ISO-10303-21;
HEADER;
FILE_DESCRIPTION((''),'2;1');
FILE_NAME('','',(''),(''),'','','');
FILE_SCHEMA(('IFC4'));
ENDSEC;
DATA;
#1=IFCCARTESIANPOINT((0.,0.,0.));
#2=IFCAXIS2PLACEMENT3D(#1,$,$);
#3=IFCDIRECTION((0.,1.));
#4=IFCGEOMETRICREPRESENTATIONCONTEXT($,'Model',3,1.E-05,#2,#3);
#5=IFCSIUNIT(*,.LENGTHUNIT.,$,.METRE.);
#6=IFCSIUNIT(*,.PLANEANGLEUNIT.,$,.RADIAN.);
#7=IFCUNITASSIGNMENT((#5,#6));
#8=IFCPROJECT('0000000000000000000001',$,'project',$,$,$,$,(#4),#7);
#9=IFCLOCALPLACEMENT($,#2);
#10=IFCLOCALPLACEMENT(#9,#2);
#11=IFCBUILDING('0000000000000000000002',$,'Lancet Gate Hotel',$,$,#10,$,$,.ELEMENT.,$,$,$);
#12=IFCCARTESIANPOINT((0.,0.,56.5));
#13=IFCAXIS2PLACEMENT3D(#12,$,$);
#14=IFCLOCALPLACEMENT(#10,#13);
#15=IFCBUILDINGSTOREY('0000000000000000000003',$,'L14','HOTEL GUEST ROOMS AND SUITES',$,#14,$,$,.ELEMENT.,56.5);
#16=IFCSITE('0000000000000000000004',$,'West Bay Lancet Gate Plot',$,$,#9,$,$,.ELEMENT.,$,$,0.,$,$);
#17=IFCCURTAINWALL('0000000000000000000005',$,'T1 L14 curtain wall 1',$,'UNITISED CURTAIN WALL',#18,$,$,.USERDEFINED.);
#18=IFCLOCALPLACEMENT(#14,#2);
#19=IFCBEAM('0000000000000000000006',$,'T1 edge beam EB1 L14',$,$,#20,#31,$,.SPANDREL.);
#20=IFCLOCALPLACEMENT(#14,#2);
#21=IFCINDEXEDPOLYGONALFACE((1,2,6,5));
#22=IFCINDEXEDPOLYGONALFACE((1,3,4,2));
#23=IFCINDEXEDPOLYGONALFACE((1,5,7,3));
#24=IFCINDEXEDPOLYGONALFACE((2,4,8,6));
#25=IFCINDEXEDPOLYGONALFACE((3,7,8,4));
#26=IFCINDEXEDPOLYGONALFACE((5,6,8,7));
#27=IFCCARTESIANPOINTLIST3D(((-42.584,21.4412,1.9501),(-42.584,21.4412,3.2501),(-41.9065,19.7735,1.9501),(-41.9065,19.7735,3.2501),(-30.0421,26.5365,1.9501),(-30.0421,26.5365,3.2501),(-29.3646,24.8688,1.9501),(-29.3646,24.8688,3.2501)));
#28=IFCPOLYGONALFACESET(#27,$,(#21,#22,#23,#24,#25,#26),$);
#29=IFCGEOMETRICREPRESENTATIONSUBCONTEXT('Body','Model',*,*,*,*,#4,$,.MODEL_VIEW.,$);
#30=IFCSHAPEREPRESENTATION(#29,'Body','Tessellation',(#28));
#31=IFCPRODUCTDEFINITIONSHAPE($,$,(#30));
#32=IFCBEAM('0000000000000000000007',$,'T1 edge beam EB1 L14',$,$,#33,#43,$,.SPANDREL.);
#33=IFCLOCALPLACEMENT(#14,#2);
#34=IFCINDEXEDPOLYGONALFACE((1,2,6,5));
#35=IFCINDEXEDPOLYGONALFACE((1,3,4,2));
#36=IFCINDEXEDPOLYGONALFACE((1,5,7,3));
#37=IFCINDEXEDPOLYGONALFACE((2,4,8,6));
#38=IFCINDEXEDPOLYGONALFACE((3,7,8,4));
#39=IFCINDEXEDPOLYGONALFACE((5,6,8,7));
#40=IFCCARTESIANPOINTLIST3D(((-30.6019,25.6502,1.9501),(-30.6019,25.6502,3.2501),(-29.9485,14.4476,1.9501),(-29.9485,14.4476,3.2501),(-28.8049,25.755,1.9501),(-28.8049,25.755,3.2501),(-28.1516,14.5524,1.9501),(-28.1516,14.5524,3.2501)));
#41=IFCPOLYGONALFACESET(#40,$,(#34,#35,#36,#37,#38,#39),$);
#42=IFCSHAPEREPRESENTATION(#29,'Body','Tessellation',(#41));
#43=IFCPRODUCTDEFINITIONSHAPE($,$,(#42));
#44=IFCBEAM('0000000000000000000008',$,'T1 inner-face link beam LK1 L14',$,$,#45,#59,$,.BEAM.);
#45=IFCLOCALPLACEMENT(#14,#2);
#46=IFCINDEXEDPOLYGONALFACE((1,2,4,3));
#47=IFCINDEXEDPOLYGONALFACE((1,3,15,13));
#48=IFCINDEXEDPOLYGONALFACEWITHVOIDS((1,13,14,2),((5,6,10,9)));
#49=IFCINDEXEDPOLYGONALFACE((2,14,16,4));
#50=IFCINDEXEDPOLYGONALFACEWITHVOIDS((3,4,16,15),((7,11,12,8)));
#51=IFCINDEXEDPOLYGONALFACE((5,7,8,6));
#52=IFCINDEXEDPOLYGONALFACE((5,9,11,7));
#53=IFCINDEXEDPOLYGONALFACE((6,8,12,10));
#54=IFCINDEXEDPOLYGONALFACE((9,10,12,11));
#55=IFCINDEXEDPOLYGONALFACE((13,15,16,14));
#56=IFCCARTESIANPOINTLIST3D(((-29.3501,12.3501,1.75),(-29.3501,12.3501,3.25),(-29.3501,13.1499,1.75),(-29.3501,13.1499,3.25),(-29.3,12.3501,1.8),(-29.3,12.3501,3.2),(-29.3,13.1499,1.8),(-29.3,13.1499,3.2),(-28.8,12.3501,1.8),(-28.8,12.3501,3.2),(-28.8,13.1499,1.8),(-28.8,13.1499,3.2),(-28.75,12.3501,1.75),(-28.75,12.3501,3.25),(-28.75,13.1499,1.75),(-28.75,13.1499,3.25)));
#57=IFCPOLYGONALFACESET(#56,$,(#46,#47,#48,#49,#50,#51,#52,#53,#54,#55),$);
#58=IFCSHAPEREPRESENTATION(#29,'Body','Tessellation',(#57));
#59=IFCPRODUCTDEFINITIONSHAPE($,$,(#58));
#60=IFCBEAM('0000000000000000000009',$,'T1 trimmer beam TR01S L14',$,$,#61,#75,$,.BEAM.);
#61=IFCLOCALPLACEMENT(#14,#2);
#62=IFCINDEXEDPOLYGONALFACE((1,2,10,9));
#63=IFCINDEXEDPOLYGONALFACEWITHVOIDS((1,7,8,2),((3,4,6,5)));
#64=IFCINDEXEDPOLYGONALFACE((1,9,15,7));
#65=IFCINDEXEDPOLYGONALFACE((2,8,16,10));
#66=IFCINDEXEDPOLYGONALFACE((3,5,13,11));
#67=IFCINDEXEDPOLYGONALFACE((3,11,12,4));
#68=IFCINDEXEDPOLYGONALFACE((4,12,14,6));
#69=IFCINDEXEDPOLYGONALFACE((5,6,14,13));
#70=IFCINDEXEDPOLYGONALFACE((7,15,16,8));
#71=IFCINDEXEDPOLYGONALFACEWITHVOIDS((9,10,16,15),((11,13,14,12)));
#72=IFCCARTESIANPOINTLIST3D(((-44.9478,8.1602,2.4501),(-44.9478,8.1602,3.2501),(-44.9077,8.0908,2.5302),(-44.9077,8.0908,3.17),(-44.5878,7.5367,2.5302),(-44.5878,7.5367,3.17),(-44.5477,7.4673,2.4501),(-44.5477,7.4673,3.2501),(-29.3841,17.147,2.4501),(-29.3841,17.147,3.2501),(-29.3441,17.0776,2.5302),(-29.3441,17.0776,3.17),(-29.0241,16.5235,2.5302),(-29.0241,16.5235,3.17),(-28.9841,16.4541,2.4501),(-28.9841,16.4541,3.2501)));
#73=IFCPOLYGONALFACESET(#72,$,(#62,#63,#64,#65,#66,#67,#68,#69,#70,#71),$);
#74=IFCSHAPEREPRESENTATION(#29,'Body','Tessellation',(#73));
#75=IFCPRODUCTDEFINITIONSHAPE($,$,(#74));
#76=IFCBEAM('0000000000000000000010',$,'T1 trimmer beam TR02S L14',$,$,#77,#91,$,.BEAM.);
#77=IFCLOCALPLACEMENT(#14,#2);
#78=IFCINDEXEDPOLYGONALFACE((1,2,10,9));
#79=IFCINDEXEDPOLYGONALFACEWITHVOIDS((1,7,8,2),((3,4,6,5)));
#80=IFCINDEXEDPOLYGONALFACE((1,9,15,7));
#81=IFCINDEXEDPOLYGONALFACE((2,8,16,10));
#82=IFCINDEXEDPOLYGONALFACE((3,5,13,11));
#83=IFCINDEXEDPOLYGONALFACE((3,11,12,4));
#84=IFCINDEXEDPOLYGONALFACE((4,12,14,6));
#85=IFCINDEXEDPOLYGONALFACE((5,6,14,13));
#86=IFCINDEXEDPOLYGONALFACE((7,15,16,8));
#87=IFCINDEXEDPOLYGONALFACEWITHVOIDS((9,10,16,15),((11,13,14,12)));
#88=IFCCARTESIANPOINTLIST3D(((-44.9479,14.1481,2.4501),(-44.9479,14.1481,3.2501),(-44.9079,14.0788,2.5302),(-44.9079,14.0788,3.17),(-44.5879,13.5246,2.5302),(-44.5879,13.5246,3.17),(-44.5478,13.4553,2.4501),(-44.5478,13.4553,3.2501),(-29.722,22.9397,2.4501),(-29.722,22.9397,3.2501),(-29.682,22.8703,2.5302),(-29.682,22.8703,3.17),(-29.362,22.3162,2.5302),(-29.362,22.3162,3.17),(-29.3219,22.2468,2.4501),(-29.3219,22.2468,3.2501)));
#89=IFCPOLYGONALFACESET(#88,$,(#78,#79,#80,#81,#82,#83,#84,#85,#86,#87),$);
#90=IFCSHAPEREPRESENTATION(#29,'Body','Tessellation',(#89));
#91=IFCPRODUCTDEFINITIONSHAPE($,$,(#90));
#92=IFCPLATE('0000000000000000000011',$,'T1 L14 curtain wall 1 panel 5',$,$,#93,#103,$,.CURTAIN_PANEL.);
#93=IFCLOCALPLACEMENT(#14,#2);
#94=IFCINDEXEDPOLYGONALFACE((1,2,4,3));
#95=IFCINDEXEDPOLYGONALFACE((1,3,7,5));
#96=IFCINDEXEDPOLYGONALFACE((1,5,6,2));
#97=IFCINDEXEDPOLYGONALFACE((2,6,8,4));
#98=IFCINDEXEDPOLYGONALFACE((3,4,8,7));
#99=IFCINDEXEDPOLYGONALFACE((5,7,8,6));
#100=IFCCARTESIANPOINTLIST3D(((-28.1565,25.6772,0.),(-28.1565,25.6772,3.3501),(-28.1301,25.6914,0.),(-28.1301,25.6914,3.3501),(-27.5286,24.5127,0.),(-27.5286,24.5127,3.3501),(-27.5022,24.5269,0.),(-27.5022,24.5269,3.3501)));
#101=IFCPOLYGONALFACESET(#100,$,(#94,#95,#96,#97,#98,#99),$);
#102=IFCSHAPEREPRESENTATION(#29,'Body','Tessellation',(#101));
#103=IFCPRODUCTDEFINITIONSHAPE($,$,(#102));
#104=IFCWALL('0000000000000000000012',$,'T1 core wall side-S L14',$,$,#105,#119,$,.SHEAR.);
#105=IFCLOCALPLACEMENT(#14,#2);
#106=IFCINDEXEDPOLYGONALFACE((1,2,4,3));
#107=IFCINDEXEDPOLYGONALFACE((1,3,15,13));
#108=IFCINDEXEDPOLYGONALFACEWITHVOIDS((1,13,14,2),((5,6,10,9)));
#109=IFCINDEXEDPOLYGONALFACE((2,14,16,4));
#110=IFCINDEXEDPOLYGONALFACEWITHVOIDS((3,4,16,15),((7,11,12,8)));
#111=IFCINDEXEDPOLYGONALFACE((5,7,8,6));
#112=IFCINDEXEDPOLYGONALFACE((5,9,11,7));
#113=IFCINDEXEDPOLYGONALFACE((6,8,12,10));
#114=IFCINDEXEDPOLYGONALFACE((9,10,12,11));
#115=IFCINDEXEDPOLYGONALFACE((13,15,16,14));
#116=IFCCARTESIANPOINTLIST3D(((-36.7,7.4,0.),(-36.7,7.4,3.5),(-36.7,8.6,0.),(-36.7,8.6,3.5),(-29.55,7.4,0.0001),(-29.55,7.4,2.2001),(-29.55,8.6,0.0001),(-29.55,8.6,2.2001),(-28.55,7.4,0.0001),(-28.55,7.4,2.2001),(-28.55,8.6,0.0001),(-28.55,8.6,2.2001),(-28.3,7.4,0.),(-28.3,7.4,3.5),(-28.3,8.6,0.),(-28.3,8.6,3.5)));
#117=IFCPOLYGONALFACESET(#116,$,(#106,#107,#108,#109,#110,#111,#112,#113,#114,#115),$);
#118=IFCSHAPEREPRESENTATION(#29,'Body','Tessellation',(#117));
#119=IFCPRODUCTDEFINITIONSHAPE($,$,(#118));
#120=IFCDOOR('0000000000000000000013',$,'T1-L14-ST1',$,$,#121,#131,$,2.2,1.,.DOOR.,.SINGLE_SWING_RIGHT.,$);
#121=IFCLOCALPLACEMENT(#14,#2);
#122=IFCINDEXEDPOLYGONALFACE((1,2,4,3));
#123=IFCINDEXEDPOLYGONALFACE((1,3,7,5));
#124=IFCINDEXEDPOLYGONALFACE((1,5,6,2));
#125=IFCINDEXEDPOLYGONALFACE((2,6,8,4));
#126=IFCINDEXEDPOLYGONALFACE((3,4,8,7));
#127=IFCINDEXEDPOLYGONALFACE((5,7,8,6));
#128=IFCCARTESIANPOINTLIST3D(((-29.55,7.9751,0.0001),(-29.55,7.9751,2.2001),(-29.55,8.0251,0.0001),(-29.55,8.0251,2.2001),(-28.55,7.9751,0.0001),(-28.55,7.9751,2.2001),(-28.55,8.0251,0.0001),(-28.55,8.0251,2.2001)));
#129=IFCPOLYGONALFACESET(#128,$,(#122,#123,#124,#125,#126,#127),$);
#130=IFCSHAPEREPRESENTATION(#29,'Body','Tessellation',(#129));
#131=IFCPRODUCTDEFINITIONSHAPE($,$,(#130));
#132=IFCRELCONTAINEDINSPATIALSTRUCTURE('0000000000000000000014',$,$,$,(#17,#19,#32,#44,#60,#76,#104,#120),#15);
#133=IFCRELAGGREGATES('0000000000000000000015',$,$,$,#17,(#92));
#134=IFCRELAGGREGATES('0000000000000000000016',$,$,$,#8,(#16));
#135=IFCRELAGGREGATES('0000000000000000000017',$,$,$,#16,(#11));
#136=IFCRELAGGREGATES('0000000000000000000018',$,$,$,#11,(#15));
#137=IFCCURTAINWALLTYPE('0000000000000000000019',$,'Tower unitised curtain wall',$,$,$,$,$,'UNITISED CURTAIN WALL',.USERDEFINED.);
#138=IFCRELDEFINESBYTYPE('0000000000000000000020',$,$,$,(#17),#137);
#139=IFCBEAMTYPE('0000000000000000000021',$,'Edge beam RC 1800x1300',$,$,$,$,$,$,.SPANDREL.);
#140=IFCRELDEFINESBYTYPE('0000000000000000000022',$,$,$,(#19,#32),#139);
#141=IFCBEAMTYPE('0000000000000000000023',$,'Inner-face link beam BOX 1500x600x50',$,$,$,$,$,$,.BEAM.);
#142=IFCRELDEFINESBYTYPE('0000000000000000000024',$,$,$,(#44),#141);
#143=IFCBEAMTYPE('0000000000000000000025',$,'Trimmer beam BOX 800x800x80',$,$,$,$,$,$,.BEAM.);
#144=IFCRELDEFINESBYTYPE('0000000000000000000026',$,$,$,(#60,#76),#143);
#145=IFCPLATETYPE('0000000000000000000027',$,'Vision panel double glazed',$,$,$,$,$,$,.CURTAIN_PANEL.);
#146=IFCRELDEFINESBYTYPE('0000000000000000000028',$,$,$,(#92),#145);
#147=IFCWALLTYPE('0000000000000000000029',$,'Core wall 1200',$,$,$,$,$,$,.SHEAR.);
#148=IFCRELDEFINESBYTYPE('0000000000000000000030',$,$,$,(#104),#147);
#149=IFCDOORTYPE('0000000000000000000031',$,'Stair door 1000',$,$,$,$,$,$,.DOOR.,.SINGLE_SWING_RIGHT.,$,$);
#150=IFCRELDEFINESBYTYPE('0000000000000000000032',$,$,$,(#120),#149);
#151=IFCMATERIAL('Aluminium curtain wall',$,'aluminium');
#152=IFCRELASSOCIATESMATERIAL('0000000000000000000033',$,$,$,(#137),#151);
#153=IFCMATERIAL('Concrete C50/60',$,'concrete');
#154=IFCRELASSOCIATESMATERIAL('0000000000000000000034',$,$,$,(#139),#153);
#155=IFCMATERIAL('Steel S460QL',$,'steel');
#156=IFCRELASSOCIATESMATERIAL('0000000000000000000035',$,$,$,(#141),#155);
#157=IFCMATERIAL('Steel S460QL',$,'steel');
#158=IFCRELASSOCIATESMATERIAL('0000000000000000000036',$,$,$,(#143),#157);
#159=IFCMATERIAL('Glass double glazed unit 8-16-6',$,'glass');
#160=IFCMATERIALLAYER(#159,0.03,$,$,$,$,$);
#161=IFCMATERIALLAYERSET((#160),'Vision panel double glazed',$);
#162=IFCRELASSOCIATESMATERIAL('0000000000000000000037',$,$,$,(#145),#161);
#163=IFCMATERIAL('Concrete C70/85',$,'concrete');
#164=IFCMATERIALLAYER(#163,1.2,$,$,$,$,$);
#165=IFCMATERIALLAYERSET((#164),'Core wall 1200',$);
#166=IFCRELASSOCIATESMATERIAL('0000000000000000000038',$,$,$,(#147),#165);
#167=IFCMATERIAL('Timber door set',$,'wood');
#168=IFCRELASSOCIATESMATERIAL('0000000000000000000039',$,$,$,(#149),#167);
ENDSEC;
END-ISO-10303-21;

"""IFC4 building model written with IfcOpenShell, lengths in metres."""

from ifc_helpers import new_model, si_unit, direction, frame, frame_2d, origin, origin_2d, place, context, subcontext, project, spatial, rectangle, hollow_rectangle, extrude, material, layer, layer_set, material_profile, profile_set, type_object, element, fill, aggregate, save


model = new_model("IFC4")

# Units and contexts
model_context = context("Model", 3, precision=1e-05, world=origin(), true_north=direction((0.0, 1.0)))
body_context = subcontext(model_context, "Body", "Model", "MODEL_VIEW")
ifc_project = project(units=[si_unit("LENGTHUNIT", "METRE"), si_unit("PLANEANGLEUNIT", "RADIAN")], contexts=[model_context])

# Site, building, storey
site_placement = place(None, origin())
site = spatial("IfcSite", under=ifc_project, at=site_placement, Name="West Bay Lancet Gate Plot", CompositionType="ELEMENT", RefElevation=0.0)
building_placement = place(site_placement, origin())
building = spatial("IfcBuilding", under=site, at=building_placement, Name="Lancet Gate Hotel", CompositionType="ELEMENT")
storey_placement = place(building_placement, frame((0.0, 0.0, 56.5)))
storey = spatial("IfcBuildingStorey", under=building, at=storey_placement, Name="L14", Description="HOTEL GUEST ROOMS AND SUITES", CompositionType="ELEMENT", Elevation=56.5)

# Curtain wall
ifc_material_1 = material(Name="Aluminium curtain wall", Category="aluminium")
curtain_wall_type = type_object("IfcCurtainWallType", Name="Tower unitised curtain wall", ElementType="UNITISED CURTAIN WALL", PredefinedType="USERDEFINED", material=ifc_material_1)
curtain_wall_placement = place(storey_placement, origin())
curtain_wall = element("IfcCurtainWall", 1, at=curtain_wall_placement, inside=storey, type_object=curtain_wall_type, Name="T1 L14 curtain wall 1", ObjectType="UNITISED CURTAIN WALL", PredefinedType="USERDEFINED")

# Beams
ifc_material_2 = material(Name="Concrete C50/60", Category="concrete")
ifc_material_profile_1 = material_profile(ifc_material_2, rectangle(XDim=1.8, YDim=1.3, at=origin_2d()), Name="RC 1800x1300")
ifc_profile_set_1 = profile_set([ifc_material_profile_1], Name="Concrete C50/60")
beam_type_1 = type_object("IfcBeamType", Name="Edge beam RC 1800x1300", PredefinedType="SPANDREL", material=ifc_profile_set_1)
beam_1_placement = place(storey_placement, frame((-29.7034, 25.7026, 2.6001), z_axis=(-0.926463, -0.376385, 0.0), x_axis=(0.376385, -0.926463, 0.0)))
element("IfcBeam", 2, at=beam_1_placement, inside=storey, type_object=beam_type_1, Name="T1 edge beam EB1 L14", PredefinedType="SPANDREL", context=body_context, shape_type="SweptSolid", body=[
    extrude(rectangle(XDim=1.8, YDim=1.3, at=origin_2d()), origin(), (0.0, 0.0, 1.0), 13.5374),
])
beam_2_placement = place(storey_placement, frame((-29.7034, 25.7026, 2.6001), z_axis=(0.05822, -0.998304, 0.0), x_axis=(0.998304, 0.05822, 0.0)))
element("IfcBeam", 3, at=beam_2_placement, inside=storey, type_object=beam_type_1, Name="T1 edge beam EB1 L14", PredefinedType="SPANDREL", context=body_context, shape_type="SweptSolid", body=[
    extrude(rectangle(XDim=1.8, YDim=1.3, at=origin_2d()), origin(), (0.0, 0.0, 1.0), 11.2217),
])
ifc_material_3 = material(Name="Steel S460QL", Category="steel")
ifc_material_profile_2 = material_profile(ifc_material_3, hollow_rectangle(XDim=0.6001, YDim=1.5, WallThickness=0.05, at=origin_2d()), Name="BOX 1500x600x50")
ifc_profile_set_2 = profile_set([ifc_material_profile_2], Name="Steel S460QL")
beam_type_2 = type_object("IfcBeamType", Name="Inner-face link beam BOX 1500x600x50", PredefinedType="BEAM", material=ifc_profile_set_2)
beam_3_placement = place(storey_placement, frame((-29.05, 13.1499, 2.5), z_axis=(0.0, -1.0, 0.0), x_axis=(1.0, 0.0, 0.0)))
element("IfcBeam", 4, at=beam_3_placement, inside=storey, type_object=beam_type_2, Name="T1 inner-face link beam LK1 L14", PredefinedType="BEAM", context=body_context, shape_type="SweptSolid", body=[
    extrude(hollow_rectangle(XDim=0.6001, YDim=1.5, WallThickness=0.05, at=origin_2d()), origin(), (0.0, 0.0, 1.0), 0.7998),
])
ifc_material_4 = material(Name="Steel S460QL", Category="steel")
ifc_material_profile_3 = material_profile(ifc_material_4, hollow_rectangle(XDim=0.8, YDim=0.8, WallThickness=0.0801, at=origin_2d()), Name="BOX 800x800x80")
ifc_profile_set_3 = profile_set([ifc_material_profile_3], Name="Steel S460QL")
beam_type_3 = type_object("IfcBeamType", Name="Trimmer beam BOX 800x800x80", PredefinedType="BEAM", material=ifc_profile_set_3)
beam_4_placement = place(storey_placement, frame((-29.1841, 16.8005, 2.8501), z_axis=(-0.865999, -0.500046, 0.0), x_axis=(0.500046, -0.865999, 0.0)))
element("IfcBeam", 5, at=beam_4_placement, inside=storey, type_object=beam_type_3, Name="T1 trimmer beam TR01S L14", PredefinedType="BEAM", context=body_context, shape_type="SweptSolid", body=[
    extrude(hollow_rectangle(XDim=0.8, YDim=0.8, WallThickness=0.0801, at=origin_2d()), origin(), (0.0, 0.0, 1.0), 17.9719),
])
beam_5_placement = place(storey_placement, frame((-29.522, 22.5933, 2.8501), z_axis=(-0.866004, -0.500037, 0.0), x_axis=(0.500037, -0.866004, 0.0)))
element("IfcBeam", 6, at=beam_5_placement, inside=storey, type_object=beam_type_3, Name="T1 trimmer beam TR02S L14", PredefinedType="BEAM", context=body_context, shape_type="SweptSolid", body=[
    extrude(hollow_rectangle(XDim=0.8, YDim=0.8, WallThickness=0.0801, at=origin_2d()), origin(), (0.0, 0.0, 1.0), 17.5818),
])

# Plate
ifc_material_5 = material(Name="Glass double glazed unit 8-16-6", Category="glass")
ifc_layer_1 = layer(ifc_material_5, 0.03)
ifc_layer_set_1 = layer_set([ifc_layer_1], Name="Vision panel double glazed")
plate_type = type_object("IfcPlateType", Name="Vision panel double glazed", PredefinedType="CURTAIN_PANEL", material=ifc_layer_set_1)
plate_placement = place(storey_placement, frame((-27.8293, 25.1021, 0.0), z_axis=(0.0, 0.0, 1.0), x_axis=(-0.474631, 0.880185, 0.0)))
plate = element("IfcPlate", 7, at=plate_placement, type_object=plate_type, Name="T1 L14 curtain wall 1 panel 5", PredefinedType="CURTAIN_PANEL", context=body_context, shape_type="SweptSolid", body=[
    extrude(rectangle(XDim=1.323, YDim=0.03, at=origin_2d()), origin(), (0.0, 0.0, 1.0), 3.3501),
])
aggregate(curtain_wall, [plate])

# Wall, opening, door
ifc_material_6 = material(Name="Concrete C70/85", Category="concrete")
ifc_layer_2 = layer(ifc_material_6, 1.2)
ifc_layer_set_2 = layer_set([ifc_layer_2], Name="Core wall 1200")
wall_type_1 = type_object("IfcWallType", Name="Core wall 1200", PredefinedType="SHEAR", material=ifc_layer_set_2)
wall_1_placement = place(storey_placement, frame((-28.3, 8.0, 0.0), z_axis=(0.0, 0.0, 1.0), x_axis=(-1.0, 0.0, 0.0)))
wall_1 = element("IfcWall", 8, at=wall_1_placement, inside=storey, type_object=wall_type_1, Name="T1 core wall side-S L14", PredefinedType="SHEAR", context=body_context, shape_type="SweptSolid", body=[
    extrude(rectangle(XDim=8.3999, YDim=1.2, at=frame_2d((4.2, 0.0))), origin(), (0.0, 0.0, 1.0), 3.5),
])
opening_1_placement = place(wall_1_placement, frame((0.25, 0.0, 0.0)))
opening_1 = element("IfcOpeningElement", 9, at=opening_1_placement, cuts=wall_1, PredefinedType="OPENING", context=body_context, shape_type="SweptSolid", body=[
    extrude(rectangle(XDim=1.0, YDim=2.2, at=frame_2d((0.5, 1.1001))), frame((0.0, 0.6099, 0.0), z_axis=(0.0, -1.0, 0.0), x_axis=(1.0, 0.0, 0.0)), (0.0, 0.0, 1.0), 1.22),
])
ifc_material_7 = material(Name="Timber door set", Category="wood")
door_type = type_object("IfcDoorType", Name="Stair door 1000", OperationType="SINGLE_SWING_RIGHT", PredefinedType="DOOR", material=ifc_material_7)
door_placement = place(opening_1_placement, origin())
door = element("IfcDoor", 10, at=door_placement, inside=storey, type_object=door_type, Name="T1-L14-ST1", OperationType="SINGLE_SWING_RIGHT", OverallHeight=2.2, OverallWidth=1.0, PredefinedType="DOOR", context=body_context, shape_type="SweptSolid", body=[
    extrude(rectangle(XDim=1.0, YDim=2.2, at=frame_2d((0.5, 1.1001))), frame((0.0, 0.0249, 0.0), z_axis=(0.0, -1.0, 0.0), x_axis=(1.0, 0.0, 0.0)), (0.0, 0.0, 1.0), 0.05),
])
fill(opening_1, door)

save(model, "model.ifc")
